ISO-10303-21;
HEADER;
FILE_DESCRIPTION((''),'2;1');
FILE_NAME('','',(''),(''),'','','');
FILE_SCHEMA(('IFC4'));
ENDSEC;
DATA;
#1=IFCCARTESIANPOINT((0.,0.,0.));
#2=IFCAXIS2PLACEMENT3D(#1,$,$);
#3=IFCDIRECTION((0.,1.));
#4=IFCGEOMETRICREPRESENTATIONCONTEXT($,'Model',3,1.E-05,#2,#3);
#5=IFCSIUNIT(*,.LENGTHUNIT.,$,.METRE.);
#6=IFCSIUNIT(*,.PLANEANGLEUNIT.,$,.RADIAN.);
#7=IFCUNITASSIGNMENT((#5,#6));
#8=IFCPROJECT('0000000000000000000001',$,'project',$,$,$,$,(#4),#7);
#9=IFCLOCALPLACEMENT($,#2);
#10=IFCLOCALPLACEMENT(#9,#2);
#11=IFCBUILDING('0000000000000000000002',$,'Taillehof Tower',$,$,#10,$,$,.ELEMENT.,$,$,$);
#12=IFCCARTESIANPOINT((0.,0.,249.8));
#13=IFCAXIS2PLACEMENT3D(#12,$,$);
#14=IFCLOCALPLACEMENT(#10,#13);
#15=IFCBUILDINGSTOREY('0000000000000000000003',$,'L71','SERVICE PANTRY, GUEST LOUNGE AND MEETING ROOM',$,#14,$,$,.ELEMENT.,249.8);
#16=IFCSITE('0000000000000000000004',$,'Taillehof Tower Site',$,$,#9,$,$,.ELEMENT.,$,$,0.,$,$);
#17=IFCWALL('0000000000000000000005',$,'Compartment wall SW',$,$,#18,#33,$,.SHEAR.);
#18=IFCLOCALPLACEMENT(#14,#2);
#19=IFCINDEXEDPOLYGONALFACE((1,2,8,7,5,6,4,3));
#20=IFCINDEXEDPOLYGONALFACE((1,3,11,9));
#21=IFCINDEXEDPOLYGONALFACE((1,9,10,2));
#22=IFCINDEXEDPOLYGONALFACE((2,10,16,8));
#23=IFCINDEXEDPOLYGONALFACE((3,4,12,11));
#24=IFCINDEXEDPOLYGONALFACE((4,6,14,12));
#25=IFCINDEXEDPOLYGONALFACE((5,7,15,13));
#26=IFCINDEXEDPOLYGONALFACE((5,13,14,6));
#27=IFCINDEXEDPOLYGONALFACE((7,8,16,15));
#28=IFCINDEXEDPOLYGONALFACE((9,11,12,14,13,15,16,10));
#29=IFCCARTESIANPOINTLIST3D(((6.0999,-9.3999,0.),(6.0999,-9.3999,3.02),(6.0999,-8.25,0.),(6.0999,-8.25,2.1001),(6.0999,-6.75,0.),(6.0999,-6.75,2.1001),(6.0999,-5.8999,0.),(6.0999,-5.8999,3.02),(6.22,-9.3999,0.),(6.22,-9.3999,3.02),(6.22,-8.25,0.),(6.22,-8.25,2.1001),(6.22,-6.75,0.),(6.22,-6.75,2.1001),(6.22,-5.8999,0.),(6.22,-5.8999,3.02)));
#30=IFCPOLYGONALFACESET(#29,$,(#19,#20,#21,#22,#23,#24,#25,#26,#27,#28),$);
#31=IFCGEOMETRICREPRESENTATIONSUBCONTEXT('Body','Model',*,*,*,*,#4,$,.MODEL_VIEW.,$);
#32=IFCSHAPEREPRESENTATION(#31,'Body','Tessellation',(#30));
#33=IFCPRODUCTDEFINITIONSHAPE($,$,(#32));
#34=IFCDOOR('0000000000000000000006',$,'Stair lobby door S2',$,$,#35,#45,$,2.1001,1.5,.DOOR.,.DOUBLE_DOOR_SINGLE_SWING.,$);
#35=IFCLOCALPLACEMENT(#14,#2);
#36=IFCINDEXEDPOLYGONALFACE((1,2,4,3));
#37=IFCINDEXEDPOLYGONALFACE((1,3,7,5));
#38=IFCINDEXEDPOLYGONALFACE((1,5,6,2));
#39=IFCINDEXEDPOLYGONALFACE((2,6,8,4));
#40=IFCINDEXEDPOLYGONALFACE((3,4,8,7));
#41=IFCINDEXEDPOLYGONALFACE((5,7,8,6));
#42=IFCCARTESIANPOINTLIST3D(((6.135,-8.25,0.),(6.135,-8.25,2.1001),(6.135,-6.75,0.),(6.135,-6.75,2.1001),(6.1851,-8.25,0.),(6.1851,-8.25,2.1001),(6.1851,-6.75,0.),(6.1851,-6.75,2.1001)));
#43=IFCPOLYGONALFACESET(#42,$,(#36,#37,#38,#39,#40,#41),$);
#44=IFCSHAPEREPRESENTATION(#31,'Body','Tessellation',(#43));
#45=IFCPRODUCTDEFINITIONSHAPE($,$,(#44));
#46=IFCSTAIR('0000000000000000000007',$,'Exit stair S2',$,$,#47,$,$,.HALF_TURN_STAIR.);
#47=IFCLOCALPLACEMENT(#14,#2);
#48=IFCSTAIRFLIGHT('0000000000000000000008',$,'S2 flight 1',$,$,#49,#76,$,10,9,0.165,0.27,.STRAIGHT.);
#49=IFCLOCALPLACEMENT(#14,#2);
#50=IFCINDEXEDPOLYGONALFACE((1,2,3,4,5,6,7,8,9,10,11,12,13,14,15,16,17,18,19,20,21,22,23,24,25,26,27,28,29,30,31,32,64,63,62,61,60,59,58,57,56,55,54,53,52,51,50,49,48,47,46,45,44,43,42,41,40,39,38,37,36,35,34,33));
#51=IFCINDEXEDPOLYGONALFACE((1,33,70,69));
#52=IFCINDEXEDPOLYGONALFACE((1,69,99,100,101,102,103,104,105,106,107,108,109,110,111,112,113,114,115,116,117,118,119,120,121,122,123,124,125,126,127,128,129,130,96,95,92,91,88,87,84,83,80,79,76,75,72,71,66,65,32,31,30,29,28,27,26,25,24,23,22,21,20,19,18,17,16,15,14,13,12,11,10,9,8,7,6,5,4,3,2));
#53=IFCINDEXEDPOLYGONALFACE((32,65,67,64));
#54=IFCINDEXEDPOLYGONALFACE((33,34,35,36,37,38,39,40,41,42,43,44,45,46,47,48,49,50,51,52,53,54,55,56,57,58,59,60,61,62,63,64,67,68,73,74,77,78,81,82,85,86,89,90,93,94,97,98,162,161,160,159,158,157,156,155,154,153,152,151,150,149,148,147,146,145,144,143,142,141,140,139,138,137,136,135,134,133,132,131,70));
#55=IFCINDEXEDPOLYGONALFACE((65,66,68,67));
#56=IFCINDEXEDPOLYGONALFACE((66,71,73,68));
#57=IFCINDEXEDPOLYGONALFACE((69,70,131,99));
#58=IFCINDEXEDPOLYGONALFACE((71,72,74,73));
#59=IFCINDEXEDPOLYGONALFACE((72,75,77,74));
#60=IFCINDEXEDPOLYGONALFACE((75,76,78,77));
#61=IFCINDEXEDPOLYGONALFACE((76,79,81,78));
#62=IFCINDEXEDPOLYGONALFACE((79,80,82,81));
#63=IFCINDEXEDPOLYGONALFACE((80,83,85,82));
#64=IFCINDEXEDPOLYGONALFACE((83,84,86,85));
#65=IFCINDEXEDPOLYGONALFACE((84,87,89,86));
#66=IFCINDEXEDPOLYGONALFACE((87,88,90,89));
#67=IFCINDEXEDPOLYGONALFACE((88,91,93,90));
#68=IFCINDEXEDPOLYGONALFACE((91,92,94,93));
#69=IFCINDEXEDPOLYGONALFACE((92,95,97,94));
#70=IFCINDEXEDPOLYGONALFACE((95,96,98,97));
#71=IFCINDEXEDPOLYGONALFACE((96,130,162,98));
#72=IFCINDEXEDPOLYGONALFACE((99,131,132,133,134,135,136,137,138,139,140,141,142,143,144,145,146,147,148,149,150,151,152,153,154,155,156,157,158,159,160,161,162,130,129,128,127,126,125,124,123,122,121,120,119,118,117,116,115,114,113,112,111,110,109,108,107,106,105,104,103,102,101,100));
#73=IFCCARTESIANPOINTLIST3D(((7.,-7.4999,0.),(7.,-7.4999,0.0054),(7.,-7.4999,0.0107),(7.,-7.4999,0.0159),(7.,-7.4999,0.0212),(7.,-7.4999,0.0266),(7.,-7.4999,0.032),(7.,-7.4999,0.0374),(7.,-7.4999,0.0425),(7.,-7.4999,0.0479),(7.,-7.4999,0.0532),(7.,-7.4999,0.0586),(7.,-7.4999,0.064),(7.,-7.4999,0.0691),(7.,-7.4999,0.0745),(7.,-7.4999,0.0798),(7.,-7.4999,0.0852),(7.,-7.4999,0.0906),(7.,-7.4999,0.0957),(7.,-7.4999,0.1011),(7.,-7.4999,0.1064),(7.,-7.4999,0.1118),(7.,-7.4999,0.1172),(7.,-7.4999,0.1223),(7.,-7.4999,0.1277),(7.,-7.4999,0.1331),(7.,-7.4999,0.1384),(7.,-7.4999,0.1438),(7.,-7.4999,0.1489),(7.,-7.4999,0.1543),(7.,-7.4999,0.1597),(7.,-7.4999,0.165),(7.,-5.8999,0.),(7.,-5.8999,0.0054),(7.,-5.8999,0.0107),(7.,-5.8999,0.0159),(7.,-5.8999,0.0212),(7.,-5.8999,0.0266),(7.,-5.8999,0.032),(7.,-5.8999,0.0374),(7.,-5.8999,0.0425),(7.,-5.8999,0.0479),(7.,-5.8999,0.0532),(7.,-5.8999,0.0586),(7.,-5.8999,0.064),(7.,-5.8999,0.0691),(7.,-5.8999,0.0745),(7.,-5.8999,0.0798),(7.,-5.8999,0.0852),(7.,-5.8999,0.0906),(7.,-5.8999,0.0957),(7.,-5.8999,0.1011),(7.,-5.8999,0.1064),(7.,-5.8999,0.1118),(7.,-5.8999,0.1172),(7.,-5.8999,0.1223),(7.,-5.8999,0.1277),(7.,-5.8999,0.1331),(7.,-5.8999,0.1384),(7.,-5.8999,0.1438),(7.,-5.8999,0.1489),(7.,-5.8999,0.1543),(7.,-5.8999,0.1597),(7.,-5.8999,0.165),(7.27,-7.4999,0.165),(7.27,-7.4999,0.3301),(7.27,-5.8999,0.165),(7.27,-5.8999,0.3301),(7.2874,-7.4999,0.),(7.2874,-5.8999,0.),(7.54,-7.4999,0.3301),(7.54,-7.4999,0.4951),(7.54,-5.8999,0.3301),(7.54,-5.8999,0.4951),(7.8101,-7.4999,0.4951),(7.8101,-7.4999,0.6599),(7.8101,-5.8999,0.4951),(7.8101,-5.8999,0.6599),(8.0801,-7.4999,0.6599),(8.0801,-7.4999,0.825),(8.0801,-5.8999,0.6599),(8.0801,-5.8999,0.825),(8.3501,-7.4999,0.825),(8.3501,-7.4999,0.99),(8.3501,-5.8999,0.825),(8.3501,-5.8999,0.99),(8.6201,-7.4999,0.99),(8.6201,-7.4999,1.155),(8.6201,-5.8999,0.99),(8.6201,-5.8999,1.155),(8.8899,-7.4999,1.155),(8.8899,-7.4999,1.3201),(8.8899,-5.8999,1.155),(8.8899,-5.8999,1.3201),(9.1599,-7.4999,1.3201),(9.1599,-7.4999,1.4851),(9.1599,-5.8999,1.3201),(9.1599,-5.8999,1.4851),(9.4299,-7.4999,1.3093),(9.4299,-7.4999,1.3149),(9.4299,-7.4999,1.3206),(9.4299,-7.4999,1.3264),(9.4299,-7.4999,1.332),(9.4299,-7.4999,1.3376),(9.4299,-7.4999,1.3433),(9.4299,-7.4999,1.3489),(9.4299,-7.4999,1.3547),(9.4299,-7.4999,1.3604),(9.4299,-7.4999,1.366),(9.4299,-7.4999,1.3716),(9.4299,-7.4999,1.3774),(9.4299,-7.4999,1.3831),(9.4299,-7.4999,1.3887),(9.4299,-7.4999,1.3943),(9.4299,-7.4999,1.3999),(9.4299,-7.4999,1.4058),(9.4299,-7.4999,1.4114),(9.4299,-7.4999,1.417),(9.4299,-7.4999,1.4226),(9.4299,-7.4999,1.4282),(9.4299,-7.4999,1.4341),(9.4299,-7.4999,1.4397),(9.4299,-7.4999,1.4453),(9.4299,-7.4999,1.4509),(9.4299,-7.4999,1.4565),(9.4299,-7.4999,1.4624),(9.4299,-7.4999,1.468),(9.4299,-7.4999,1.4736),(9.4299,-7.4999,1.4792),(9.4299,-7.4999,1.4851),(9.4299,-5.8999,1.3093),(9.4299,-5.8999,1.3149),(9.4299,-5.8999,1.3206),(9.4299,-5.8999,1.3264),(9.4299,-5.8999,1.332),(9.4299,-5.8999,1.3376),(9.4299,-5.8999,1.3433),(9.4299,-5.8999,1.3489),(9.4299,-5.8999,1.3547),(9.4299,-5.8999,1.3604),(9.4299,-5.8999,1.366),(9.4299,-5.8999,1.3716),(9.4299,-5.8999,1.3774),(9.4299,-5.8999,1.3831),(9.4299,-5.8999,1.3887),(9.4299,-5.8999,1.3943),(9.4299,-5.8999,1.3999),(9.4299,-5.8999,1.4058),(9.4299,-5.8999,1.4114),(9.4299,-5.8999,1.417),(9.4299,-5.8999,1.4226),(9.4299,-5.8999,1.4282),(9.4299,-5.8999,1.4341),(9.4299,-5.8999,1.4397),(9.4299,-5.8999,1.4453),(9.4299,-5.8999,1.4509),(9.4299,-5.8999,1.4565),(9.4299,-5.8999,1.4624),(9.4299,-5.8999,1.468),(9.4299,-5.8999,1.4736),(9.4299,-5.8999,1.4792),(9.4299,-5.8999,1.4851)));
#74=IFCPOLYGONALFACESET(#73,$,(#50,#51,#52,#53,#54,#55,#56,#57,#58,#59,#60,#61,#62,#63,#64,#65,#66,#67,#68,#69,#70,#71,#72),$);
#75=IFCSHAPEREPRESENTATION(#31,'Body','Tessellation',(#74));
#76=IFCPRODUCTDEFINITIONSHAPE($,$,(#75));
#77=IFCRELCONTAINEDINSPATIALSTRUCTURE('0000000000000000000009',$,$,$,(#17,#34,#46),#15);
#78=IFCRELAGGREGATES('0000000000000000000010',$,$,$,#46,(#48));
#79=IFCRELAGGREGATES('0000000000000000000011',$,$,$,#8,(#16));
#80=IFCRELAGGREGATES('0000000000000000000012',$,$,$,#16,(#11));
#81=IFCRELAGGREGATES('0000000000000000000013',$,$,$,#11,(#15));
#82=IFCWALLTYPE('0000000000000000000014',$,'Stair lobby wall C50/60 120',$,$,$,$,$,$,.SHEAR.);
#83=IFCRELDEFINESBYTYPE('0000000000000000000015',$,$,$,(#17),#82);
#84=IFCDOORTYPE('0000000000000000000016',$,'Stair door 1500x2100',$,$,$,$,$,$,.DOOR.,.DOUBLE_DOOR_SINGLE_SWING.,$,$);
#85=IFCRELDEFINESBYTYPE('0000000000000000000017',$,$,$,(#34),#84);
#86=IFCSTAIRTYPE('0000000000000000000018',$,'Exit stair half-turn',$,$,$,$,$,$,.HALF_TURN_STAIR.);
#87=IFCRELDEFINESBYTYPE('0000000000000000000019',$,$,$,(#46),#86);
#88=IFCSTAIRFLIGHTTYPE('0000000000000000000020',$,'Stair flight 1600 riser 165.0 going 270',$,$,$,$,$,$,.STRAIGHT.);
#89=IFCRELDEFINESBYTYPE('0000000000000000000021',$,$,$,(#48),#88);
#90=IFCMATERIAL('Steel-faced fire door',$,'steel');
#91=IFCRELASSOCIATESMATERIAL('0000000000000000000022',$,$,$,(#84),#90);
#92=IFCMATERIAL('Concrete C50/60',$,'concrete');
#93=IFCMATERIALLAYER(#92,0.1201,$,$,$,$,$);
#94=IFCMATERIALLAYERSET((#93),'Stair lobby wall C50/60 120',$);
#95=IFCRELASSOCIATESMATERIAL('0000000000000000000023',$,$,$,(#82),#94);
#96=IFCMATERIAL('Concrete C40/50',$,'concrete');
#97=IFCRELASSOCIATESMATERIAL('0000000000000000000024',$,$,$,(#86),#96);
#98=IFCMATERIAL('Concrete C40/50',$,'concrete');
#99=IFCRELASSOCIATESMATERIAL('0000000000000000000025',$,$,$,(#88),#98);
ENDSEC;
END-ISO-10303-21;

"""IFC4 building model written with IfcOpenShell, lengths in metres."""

from ifc_helpers import new_model, si_unit, direction, frame, frame_2d, origin, place, context, subcontext, project, spatial, polyline, rectangle, outline, extrude, material, layer, layer_set, type_object, element, fill, aggregate, save


model = new_model("IFC4")

# Units and contexts
model_context = context("Model", 3, precision=1e-05, world=origin(), true_north=direction((0.0, 1.0)))
body_context = subcontext(model_context, "Body", "Model", "MODEL_VIEW")
ifc_project = project(units=[si_unit("LENGTHUNIT", "METRE"), si_unit("PLANEANGLEUNIT", "RADIAN")], contexts=[model_context])

# Site, building, storey
site_placement = place(None, origin())
site = spatial("IfcSite", under=ifc_project, at=site_placement, Name="Taillehof Tower Site", CompositionType="ELEMENT", RefElevation=0.0)
building_placement = place(site_placement, origin())
building = spatial("IfcBuilding", under=site, at=building_placement, Name="Taillehof Tower", CompositionType="ELEMENT")
storey_placement = place(building_placement, frame((0.0, 0.0, 249.8)))
storey = spatial("IfcBuildingStorey", under=building, at=storey_placement, Name="L71", Description="SERVICE PANTRY, GUEST LOUNGE AND MEETING ROOM", CompositionType="ELEMENT", Elevation=249.8)

# Shared definitions
ifc_material_1 = material(Name="Steel-faced fire door", Category="steel")
door_type_1 = type_object("IfcDoorType", Name="Stair door 1500x2100", OperationType="DOUBLE_DOOR_SINGLE_SWING", PredefinedType="DOOR", material=ifc_material_1)

# Wall, opening, door
ifc_material_2 = material(Name="Concrete C50/60", Category="concrete")
ifc_layer_1 = layer(ifc_material_2, 0.1201)
ifc_layer_set_1 = layer_set([ifc_layer_1], Name="Stair lobby wall C50/60 120")
wall_type_1 = type_object("IfcWallType", Name="Stair lobby wall C50/60 120", PredefinedType="SHEAR", material=ifc_layer_set_1)
wall_1_placement = place(storey_placement, frame((6.1599, -9.3999, 0.0), z_axis=(0.0, 0.0, 1.0), x_axis=(0.0, 1.0, 0.0)))
wall_1 = element("IfcWall", 1, at=wall_1_placement, inside=storey, type_object=wall_type_1, Name="Compartment wall SW", PredefinedType="SHEAR", context=body_context, shape_type="SweptSolid", body=[
    extrude(rectangle(XDim=3.5, YDim=0.1201, at=frame_2d((1.75, 0.0))), origin(), (0.0, 0.0, 1.0), 3.02),
])
opening_1_placement = place(wall_1_placement, frame((1.1499, 0.0, 0.0)))
opening_1 = element("IfcOpeningElement", 2, at=opening_1_placement, cuts=wall_1, PredefinedType="OPENING", context=body_context, shape_type="SweptSolid", body=[
    extrude(rectangle(XDim=1.5, YDim=2.1001, at=frame_2d((0.75, 1.05))), frame((0.0, 0.0701, 0.0), z_axis=(0.0, -1.0, 0.0), x_axis=(1.0, 0.0, 0.0)), (0.0, 0.0, 1.0), 0.1401),
])
door_1_placement = place(opening_1_placement, origin())
door_1 = element("IfcDoor", 3, at=door_1_placement, inside=storey, type_object=door_type_1, Name="Stair lobby door S2", OperationType="DOUBLE_DOOR_SINGLE_SWING", OverallHeight=2.1001, OverallWidth=1.5, PredefinedType="DOOR", context=body_context, shape_type="SweptSolid", body=[
    extrude(rectangle(XDim=1.5, YDim=2.1001, at=frame_2d((0.75, 1.05))), frame((0.0, 0.0249, 0.0), z_axis=(0.0, -1.0, 0.0), x_axis=(1.0, 0.0, 0.0)), (0.0, 0.0, 1.0), 0.05),
])
fill(opening_1, door_1)

# Stair, stair flight
ifc_material_3 = material(Name="Concrete C40/50", Category="concrete")
stair_type = type_object("IfcStairType", Name="Exit stair half-turn", PredefinedType="HALF_TURN_STAIR", material=ifc_material_3)
stair_placement = place(storey_placement, origin())
stair = element("IfcStair", 4, at=stair_placement, inside=storey, type_object=stair_type, Name="Exit stair S2", PredefinedType="HALF_TURN_STAIR")
ifc_material_4 = material(Name="Concrete C40/50", Category="concrete")
stair_flight_type = type_object("IfcStairFlightType", Name="Stair flight 1600 riser 165.0 going 270", PredefinedType="STRAIGHT", material=ifc_material_4)
stair_flight_placement = place(storey_placement, frame((7.0, -6.7, 0.0), z_axis=(0.0, 0.0, 1.0), x_axis=(1.0, 0.0, 0.0)))
stair_flight = element("IfcStairFlight", 5, at=stair_flight_placement, type_object=stair_flight_type, Name="S2 flight 1", NumberOfRisers=10, NumberOfTreads=9, PredefinedType="STRAIGHT", RiserHeight=0.165, TreadLength=0.27, context=body_context, shape_type="SweptSolid", body=[
    extrude(outline(polyline([(0.0, 0.0), (0.0, 0.0054), (0.0, 0.0107), (0.0, 0.0159), (0.0, 0.0212), (0.0, 0.0266), (0.0, 0.032), (0.0, 0.0374), (0.0, 0.0425), (0.0, 0.0479), (0.0, 0.0532), (0.0, 0.0586), (0.0, 0.064), (0.0, 0.0691), (0.0, 0.0745), (0.0, 0.0798), (0.0, 0.0852), (0.0, 0.0906), (0.0, 0.0957), (0.0, 0.1011), (0.0, 0.1064), (0.0, 0.1118), (0.0, 0.1172), (0.0, 0.1223), (0.0, 0.1277), (0.0, 0.1331), (0.0, 0.1384), (0.0, 0.1438), (0.0, 0.1489), (0.0, 0.1543), (0.0, 0.1597), (0.0, 0.165), (0.27, 0.165), (0.27, 0.3301), (0.54, 0.3301), (0.54, 0.4951), (0.8101, 0.4951), (0.8101, 0.6599), (1.0801, 0.6599), (1.0801, 0.825), (1.3501, 0.825), (1.3501, 0.99), (1.6201, 0.99), (1.6201, 1.155), (1.8899, 1.155), (1.8899, 1.3201), (2.1599, 1.3201), (2.1599, 1.4851), (2.4299, 1.4851), (2.4299, 1.4792), (2.4299, 1.4736), (2.4299, 1.468), (2.4299, 1.4624), (2.4299, 1.4565), (2.4299, 1.4509), (2.4299, 1.4453), (2.4299, 1.4397), (2.4299, 1.4341), (2.4299, 1.4282), (2.4299, 1.4226), (2.4299, 1.417), (2.4299, 1.4114), (2.4299, 1.4058), (2.4299, 1.3999), (2.4299, 1.3943), (2.4299, 1.3887), (2.4299, 1.3831), (2.4299, 1.3774), (2.4299, 1.3716), (2.4299, 1.366), (2.4299, 1.3604), (2.4299, 1.3547), (2.4299, 1.3489), (2.4299, 1.3433), (2.4299, 1.3376), (2.4299, 1.332), (2.4299, 1.3264), (2.4299, 1.3206), (2.4299, 1.3149), (2.4299, 1.3093), (0.2874, 0.0), (0.0, 0.0)])), frame((0.0, 0.8, 0.0), z_axis=(0.0, -1.0, 0.0), x_axis=(1.0, 0.0, 0.0)), (0.0, 0.0, 1.0), 1.6),
])
aggregate(stair, [stair_flight])

save(model, "model.ifc")
